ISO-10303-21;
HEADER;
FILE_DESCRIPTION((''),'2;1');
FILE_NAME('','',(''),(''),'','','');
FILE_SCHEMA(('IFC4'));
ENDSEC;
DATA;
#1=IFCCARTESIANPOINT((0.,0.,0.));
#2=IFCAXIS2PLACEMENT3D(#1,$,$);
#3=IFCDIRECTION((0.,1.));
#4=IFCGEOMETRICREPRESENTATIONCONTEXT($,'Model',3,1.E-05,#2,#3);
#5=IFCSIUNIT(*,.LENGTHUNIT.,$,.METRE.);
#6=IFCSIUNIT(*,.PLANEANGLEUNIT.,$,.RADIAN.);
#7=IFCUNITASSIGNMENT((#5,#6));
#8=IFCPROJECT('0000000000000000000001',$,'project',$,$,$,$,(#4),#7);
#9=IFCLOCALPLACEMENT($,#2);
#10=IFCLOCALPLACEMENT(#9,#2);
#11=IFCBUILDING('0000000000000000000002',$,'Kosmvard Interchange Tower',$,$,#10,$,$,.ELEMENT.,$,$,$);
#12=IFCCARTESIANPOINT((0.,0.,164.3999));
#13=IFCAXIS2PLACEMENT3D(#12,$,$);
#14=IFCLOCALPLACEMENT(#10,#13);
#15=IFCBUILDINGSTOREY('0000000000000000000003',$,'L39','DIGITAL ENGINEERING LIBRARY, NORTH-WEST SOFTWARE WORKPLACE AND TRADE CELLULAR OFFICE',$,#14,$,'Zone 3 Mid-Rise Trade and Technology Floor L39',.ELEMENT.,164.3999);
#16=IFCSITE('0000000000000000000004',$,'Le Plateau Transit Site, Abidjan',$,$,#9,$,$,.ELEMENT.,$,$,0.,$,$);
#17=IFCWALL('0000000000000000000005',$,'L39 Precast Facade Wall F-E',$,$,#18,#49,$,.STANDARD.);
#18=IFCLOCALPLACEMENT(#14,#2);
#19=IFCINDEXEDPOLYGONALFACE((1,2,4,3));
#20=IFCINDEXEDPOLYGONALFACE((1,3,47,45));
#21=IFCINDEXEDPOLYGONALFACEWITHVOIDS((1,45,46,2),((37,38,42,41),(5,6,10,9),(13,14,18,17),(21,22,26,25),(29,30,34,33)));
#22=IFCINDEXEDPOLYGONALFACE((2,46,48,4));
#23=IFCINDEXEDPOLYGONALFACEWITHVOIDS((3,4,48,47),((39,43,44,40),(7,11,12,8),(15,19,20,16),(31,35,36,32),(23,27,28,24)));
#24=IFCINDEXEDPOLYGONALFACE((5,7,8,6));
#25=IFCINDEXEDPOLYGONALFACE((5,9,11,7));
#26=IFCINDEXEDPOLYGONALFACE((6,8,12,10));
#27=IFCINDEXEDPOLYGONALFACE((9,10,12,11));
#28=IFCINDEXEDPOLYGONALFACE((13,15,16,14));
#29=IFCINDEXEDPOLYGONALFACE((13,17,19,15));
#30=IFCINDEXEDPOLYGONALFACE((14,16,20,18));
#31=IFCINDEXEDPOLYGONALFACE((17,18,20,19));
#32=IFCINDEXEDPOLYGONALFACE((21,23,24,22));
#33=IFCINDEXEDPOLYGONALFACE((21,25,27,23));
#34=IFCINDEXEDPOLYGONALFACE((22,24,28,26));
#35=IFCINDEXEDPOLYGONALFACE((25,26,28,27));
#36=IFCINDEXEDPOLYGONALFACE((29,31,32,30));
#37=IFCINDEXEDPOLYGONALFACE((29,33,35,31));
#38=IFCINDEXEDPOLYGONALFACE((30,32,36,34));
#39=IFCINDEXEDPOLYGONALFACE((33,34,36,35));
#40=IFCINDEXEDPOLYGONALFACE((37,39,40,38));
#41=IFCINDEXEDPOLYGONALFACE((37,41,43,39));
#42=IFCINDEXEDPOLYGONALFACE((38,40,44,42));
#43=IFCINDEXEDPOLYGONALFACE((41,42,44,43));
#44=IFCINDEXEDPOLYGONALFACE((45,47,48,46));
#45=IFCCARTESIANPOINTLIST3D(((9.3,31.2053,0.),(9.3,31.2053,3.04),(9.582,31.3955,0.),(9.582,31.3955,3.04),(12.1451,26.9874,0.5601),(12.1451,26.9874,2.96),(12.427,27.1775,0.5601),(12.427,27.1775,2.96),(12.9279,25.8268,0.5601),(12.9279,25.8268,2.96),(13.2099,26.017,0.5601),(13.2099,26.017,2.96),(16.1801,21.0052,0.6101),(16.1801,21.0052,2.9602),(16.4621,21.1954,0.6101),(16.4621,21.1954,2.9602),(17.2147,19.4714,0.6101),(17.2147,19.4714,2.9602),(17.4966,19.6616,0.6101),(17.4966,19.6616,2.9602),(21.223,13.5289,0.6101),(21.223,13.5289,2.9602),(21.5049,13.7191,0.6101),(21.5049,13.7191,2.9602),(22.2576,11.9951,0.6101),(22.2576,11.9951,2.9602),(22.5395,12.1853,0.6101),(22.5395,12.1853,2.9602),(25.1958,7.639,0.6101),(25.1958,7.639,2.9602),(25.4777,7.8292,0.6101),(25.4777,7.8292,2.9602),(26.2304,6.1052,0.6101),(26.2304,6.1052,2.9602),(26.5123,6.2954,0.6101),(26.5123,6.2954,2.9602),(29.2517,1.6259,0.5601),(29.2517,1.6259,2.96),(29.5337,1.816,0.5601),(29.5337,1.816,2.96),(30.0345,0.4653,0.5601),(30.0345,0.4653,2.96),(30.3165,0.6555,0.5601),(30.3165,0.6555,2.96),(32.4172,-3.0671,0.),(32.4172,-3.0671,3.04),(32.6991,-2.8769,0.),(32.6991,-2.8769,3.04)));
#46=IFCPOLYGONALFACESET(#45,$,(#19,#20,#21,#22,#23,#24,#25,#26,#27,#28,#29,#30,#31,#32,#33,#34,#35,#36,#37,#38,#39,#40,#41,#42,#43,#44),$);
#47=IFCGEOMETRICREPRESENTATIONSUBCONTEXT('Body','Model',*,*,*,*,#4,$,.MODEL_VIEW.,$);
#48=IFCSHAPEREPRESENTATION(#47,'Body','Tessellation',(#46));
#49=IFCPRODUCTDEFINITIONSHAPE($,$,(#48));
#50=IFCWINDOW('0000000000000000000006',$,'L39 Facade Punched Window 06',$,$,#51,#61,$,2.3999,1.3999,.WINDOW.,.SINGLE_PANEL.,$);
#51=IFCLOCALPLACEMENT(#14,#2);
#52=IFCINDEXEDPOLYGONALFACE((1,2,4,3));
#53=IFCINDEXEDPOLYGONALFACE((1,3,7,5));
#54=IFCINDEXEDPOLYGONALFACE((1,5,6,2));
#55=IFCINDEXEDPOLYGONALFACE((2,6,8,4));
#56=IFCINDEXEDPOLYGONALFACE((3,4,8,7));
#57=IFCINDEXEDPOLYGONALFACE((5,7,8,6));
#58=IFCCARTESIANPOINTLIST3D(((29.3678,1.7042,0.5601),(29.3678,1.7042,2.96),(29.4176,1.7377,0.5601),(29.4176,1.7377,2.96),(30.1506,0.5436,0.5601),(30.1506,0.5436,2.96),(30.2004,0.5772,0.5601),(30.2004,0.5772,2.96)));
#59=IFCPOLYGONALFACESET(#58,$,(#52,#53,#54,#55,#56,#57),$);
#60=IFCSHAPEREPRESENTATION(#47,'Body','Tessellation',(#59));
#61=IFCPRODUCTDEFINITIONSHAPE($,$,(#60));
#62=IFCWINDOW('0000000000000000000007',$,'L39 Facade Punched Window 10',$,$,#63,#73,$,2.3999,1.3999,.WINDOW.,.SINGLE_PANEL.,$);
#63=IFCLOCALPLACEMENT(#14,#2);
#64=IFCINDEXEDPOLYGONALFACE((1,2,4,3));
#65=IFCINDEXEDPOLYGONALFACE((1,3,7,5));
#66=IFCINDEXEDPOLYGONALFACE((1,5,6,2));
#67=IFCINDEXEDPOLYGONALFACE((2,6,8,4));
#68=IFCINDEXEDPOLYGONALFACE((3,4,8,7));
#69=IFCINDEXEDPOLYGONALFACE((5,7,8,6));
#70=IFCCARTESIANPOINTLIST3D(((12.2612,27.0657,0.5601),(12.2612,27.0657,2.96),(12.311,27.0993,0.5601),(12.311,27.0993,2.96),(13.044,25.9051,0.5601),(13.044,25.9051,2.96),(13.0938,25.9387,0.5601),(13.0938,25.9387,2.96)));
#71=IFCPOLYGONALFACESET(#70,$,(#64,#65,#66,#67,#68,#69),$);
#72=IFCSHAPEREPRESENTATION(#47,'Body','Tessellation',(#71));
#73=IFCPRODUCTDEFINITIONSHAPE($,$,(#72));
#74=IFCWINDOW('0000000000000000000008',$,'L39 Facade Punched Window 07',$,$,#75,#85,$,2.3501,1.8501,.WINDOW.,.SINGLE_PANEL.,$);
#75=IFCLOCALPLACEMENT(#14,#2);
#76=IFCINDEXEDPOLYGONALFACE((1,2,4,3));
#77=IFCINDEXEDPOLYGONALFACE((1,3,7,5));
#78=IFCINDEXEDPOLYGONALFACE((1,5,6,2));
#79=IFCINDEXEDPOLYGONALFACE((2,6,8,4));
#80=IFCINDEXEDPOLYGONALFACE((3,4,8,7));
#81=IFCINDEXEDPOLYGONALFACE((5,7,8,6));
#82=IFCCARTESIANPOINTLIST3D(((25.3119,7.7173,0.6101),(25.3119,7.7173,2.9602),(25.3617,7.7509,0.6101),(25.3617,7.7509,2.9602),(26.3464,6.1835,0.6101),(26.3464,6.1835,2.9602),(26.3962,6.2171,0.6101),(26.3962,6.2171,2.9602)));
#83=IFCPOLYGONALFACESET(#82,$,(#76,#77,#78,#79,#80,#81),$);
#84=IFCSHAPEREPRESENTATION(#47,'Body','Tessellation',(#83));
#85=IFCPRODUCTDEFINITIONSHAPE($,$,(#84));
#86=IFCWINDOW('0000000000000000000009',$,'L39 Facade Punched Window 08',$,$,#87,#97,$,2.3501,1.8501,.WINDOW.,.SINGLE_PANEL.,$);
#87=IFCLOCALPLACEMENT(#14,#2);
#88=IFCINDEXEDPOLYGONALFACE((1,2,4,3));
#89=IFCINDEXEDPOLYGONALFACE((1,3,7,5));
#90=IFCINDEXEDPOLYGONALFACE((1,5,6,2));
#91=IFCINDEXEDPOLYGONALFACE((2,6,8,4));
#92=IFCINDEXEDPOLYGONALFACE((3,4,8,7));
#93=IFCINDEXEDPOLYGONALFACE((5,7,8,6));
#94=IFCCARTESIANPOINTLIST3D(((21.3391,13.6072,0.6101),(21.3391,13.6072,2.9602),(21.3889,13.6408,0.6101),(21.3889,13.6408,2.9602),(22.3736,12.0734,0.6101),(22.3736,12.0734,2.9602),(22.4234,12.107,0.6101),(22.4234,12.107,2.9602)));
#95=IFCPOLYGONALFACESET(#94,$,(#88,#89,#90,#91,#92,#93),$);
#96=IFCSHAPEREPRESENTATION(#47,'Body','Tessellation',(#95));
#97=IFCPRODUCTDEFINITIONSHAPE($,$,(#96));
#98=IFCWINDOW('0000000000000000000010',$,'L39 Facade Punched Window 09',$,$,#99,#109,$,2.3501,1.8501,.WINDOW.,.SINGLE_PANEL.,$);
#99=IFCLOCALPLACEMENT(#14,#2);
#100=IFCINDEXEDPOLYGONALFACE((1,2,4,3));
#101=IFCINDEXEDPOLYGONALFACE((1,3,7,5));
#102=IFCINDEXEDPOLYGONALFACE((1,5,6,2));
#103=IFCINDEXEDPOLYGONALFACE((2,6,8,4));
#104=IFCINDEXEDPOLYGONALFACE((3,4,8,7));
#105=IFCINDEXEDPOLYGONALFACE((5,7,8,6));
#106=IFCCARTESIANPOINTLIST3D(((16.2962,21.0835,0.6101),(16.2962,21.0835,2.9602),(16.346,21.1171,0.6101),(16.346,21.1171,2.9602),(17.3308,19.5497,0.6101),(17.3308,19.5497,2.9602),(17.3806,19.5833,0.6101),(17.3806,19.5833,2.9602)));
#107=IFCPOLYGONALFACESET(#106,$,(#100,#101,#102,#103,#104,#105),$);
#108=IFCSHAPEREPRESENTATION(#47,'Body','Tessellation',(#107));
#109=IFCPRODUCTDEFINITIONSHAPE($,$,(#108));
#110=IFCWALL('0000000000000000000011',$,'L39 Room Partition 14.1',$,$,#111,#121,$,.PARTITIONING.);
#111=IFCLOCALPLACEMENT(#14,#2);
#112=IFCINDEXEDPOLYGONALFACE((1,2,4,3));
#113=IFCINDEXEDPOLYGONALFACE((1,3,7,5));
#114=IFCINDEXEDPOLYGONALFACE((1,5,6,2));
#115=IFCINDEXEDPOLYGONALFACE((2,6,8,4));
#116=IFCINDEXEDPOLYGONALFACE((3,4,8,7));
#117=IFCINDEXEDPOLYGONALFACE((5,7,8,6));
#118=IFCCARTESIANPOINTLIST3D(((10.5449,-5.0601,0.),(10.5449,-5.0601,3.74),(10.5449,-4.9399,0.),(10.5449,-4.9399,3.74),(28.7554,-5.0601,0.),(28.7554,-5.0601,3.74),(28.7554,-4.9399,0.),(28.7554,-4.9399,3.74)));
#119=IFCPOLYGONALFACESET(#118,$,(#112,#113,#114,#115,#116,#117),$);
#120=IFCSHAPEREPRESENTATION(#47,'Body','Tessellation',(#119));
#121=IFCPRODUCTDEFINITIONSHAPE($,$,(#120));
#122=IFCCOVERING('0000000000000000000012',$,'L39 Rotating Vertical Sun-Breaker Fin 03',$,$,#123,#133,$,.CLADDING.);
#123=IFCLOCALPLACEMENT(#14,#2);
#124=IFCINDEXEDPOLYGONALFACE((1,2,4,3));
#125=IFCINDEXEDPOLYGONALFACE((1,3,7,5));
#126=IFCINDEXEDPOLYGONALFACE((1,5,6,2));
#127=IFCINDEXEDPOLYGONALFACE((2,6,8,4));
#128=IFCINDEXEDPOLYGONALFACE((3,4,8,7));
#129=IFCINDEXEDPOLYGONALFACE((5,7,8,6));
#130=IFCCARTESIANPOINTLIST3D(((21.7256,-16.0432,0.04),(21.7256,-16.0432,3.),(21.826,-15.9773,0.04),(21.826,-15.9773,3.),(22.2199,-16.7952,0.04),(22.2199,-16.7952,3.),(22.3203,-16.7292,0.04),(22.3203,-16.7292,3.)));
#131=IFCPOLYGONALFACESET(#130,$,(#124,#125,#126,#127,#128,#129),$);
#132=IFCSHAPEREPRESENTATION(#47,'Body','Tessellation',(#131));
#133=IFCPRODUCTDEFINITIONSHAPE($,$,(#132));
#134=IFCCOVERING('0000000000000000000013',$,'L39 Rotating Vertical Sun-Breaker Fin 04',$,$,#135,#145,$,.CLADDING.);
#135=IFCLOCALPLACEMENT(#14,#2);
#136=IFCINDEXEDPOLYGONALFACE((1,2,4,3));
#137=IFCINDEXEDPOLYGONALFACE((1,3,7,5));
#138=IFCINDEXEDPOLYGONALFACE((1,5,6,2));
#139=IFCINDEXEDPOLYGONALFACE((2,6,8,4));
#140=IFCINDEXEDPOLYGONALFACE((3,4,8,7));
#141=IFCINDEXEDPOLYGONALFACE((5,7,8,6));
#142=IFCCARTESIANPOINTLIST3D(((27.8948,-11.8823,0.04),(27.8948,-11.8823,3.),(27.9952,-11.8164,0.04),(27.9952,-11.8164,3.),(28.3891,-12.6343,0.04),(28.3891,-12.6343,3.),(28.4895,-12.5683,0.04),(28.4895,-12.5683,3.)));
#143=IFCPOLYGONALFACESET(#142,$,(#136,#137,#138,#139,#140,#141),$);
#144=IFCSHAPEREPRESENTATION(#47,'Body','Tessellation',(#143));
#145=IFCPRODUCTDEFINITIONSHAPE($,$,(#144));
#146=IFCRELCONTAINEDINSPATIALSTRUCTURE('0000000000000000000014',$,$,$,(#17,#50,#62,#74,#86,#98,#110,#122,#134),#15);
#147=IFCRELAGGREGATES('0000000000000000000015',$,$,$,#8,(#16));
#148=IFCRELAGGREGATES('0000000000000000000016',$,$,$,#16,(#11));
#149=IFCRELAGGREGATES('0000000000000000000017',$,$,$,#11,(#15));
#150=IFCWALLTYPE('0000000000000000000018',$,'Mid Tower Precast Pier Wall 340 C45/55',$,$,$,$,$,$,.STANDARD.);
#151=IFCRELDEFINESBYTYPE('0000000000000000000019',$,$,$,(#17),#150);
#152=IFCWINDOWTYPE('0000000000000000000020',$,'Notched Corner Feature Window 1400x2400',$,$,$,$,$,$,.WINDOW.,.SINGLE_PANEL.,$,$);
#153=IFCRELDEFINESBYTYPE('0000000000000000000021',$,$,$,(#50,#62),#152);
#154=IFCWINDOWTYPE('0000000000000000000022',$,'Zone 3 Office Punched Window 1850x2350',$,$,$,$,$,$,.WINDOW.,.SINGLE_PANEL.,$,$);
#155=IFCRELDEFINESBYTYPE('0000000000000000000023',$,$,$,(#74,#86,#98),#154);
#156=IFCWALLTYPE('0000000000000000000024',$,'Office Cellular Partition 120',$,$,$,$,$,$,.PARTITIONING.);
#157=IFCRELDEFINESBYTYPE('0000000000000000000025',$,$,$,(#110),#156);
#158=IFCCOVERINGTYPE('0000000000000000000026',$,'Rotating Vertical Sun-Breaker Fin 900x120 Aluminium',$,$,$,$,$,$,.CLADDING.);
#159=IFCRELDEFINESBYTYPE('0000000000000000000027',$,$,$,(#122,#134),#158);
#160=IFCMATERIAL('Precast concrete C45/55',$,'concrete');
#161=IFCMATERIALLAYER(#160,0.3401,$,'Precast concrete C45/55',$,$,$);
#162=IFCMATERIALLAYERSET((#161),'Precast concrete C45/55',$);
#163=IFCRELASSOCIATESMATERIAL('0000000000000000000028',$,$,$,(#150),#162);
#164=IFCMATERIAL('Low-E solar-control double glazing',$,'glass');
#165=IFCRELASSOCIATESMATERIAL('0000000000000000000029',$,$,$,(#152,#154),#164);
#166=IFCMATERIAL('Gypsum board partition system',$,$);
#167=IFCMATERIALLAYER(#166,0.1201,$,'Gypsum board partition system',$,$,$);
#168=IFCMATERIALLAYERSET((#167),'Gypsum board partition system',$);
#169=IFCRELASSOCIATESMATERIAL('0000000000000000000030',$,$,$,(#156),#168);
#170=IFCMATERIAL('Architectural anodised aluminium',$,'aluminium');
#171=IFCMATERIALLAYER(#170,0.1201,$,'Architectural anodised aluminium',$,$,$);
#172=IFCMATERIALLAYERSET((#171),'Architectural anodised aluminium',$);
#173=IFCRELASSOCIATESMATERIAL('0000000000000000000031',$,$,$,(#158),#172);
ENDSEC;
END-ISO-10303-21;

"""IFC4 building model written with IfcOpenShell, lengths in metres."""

from ifc_helpers import new_model, si_unit, direction, frame, frame_2d, origin, origin_2d, place, context, subcontext, project, spatial, rectangle, extrude, source, transform, mapped, material, layer, layer_set, type_object, element, fill, save


model = new_model("IFC4")

# Units and contexts
model_context = context("Model", 3, precision=1e-05, world=origin(), true_north=direction((0.0, 1.0)))
body_context = subcontext(model_context, "Body", "Model", "MODEL_VIEW")
ifc_project = project(units=[si_unit("LENGTHUNIT", "METRE"), si_unit("PLANEANGLEUNIT", "RADIAN")], contexts=[model_context])

# Site, building, storey
site_placement = place(None, origin())
site = spatial("IfcSite", under=ifc_project, at=site_placement, Name="Le Plateau Transit Site, Abidjan", CompositionType="ELEMENT", RefElevation=0.0)
building_placement = place(site_placement, origin())
building = spatial("IfcBuilding", under=site, at=building_placement, Name="Kosmvard Interchange Tower", CompositionType="ELEMENT")
storey_placement = place(building_placement, frame((0.0, 0.0, 164.3999)))
storey = spatial("IfcBuildingStorey", under=building, at=storey_placement, Name="L39", Description="DIGITAL ENGINEERING LIBRARY, NORTH-WEST SOFTWARE WORKPLACE AND TRADE CELLULAR OFFICE", LongName="Zone 3 Mid-Rise Trade and Technology Floor L39", CompositionType="ELEMENT", Elevation=164.3999)

# Shared definitions
ifc_material_1 = material(Name="Precast concrete C45/55", Category="concrete")

# Shared definitions
ifc_layer_1 = layer(ifc_material_1, 0.3401, Name="Precast concrete C45/55")
ifc_layer_set_1 = layer_set([ifc_layer_1], Name="Precast concrete C45/55")
wall_type_1 = type_object("IfcWallType", Name="Mid Tower Precast Pier Wall 340 C45/55", PredefinedType="STANDARD", material=ifc_layer_set_1)

# Shared definitions
ifc_material_2 = material(Name="Low-E solar-control double glazing", Category="glass")
window_type_1 = type_object("IfcWindowType", Name="Notched Corner Feature Window 1400x2400", PartitioningType="SINGLE_PANEL", PredefinedType="WINDOW", material=ifc_material_2)
shared_shape_1 = source(origin(), body_context, "Body", "SweptSolid", [
    extrude(rectangle(XDim=1.3999, YDim=2.3999, at=frame_2d((0.7, 1.2))), frame((0.0, 0.03, 0.0), z_axis=(0.0, -1.0, 0.0), x_axis=(1.0, 0.0, 0.0)), (0.0, 0.0, 1.0), 0.0601),
])

# Wall, openings, windows
wall_1_placement = place(storey_placement, frame((32.5581, -2.9719, 0.0), z_axis=(0.0, 0.0, 1.0), x_axis=(-0.559195, 0.829036, 0.0)))
wall_1 = element("IfcWall", 1, at=wall_1_placement, inside=storey, type_object=wall_type_1, Name="L39 Precast Facade Wall F-E", PredefinedType="STANDARD", context=body_context, shape_type="SweptSolid", body=[
    extrude(rectangle(XDim=41.3401, YDim=0.3401, at=frame_2d((20.6699, 0.0))), origin(), (0.0, 0.0, 1.0), 3.04),
])
opening_1_placement = place(wall_1_placement, frame((4.2607, 0.0, 0.5601)))
opening_1 = element("IfcOpeningElement", 2, at=opening_1_placement, cuts=wall_1, PredefinedType="OPENING", context=body_context, shape_type="SweptSolid", body=[
    extrude(rectangle(XDim=1.3999, YDim=2.3999, at=frame_2d((0.7, 1.2))), frame((0.0, 0.1802, 0.0), z_axis=(0.0, -1.0, 0.0), x_axis=(1.0, 0.0, 0.0)), (0.0, 0.0, 1.0), 0.3601),
])
opening_2_placement = place(wall_1_placement, frame((11.0637, 0.0, 0.6101)))
opening_2 = element("IfcOpeningElement", 3, at=opening_2_placement, cuts=wall_1, PredefinedType="OPENING", context=body_context, shape_type="SweptSolid", body=[
    extrude(rectangle(XDim=1.8501, YDim=2.3501, at=frame_2d((0.925, 1.175))), frame((0.0, 0.1802, 0.0), z_axis=(0.0, -1.0, 0.0), x_axis=(1.0, 0.0, 0.0)), (0.0, 0.0, 1.0), 0.3601),
])
opening_3_placement = place(wall_1_placement, frame((18.1682, 0.0, 0.6101)))
opening_3 = element("IfcOpeningElement", 4, at=opening_3_placement, cuts=wall_1, PredefinedType="OPENING", context=body_context, shape_type="SweptSolid", body=[
    extrude(rectangle(XDim=1.8501, YDim=2.3501, at=frame_2d((0.925, 1.175))), frame((0.0, 0.1802, 0.0), z_axis=(0.0, -1.0, 0.0), x_axis=(1.0, 0.0, 0.0)), (0.0, 0.0, 1.0), 0.3601),
])
opening_4_placement = place(wall_1_placement, frame((27.1863, 0.0, 0.6101)))
opening_4 = element("IfcOpeningElement", 5, at=opening_4_placement, cuts=wall_1, PredefinedType="OPENING", context=body_context, shape_type="SweptSolid", body=[
    extrude(rectangle(XDim=1.8501, YDim=2.3501, at=frame_2d((0.925, 1.175))), frame((0.0, 0.1802, 0.0), z_axis=(0.0, -1.0, 0.0), x_axis=(1.0, 0.0, 0.0)), (0.0, 0.0, 1.0), 0.3601),
])
opening_5_placement = place(wall_1_placement, frame((34.8523, 0.0, 0.5601)))
opening_5 = element("IfcOpeningElement", 6, at=opening_5_placement, cuts=wall_1, PredefinedType="OPENING", context=body_context, shape_type="SweptSolid", body=[
    extrude(rectangle(XDim=1.3999, YDim=2.3999, at=frame_2d((0.7, 1.2))), frame((0.0, 0.1802, 0.0), z_axis=(0.0, -1.0, 0.0), x_axis=(1.0, 0.0, 0.0)), (0.0, 0.0, 1.0), 0.3601),
])
window_1_placement = place(opening_1_placement, origin())
window_1 = element("IfcWindow", 7, at=window_1_placement, inside=storey, type_object=window_type_1, Name="L39 Facade Punched Window 06", OverallHeight=2.3999, OverallWidth=1.3999, PartitioningType="SINGLE_PANEL", PredefinedType="WINDOW", context=body_context, shape_type="MappedRepresentation", body=[
    mapped(shared_shape_1, transform((0.0, 0.0, 0.0), scale=1.0)),
])
fill(opening_1, window_1)
window_2_placement = place(opening_5_placement, origin())
window_2 = element("IfcWindow", 8, at=window_2_placement, inside=storey, type_object=window_type_1, Name="L39 Facade Punched Window 10", OverallHeight=2.3999, OverallWidth=1.3999, PartitioningType="SINGLE_PANEL", PredefinedType="WINDOW", context=body_context, shape_type="MappedRepresentation", body=[
    mapped(shared_shape_1, transform((0.0, 0.0, 0.0), scale=1.0)),
])
fill(opening_5, window_2)
window_type_2 = type_object("IfcWindowType", Name="Zone 3 Office Punched Window 1850x2350", PartitioningType="SINGLE_PANEL", PredefinedType="WINDOW", material=ifc_material_2)
shared_shape_2 = source(origin(), body_context, "Body", "SweptSolid", [
    extrude(rectangle(XDim=1.8501, YDim=2.3501, at=frame_2d((0.925, 1.175))), frame((0.0, 0.03, 0.0), z_axis=(0.0, -1.0, 0.0), x_axis=(1.0, 0.0, 0.0)), (0.0, 0.0, 1.0), 0.0601),
])
window_3_placement = place(opening_2_placement, origin())
window_3 = element("IfcWindow", 9, at=window_3_placement, inside=storey, type_object=window_type_2, Name="L39 Facade Punched Window 07", OverallHeight=2.3501, OverallWidth=1.8501, PartitioningType="SINGLE_PANEL", PredefinedType="WINDOW", context=body_context, shape_type="MappedRepresentation", body=[
    mapped(shared_shape_2, transform((0.0, 0.0, 0.0), scale=1.0)),
])
fill(opening_2, window_3)
window_4_placement = place(opening_3_placement, origin())
window_4 = element("IfcWindow", 10, at=window_4_placement, inside=storey, type_object=window_type_2, Name="L39 Facade Punched Window 08", OverallHeight=2.3501, OverallWidth=1.8501, PartitioningType="SINGLE_PANEL", PredefinedType="WINDOW", context=body_context, shape_type="MappedRepresentation", body=[
    mapped(shared_shape_2, transform((0.0, 0.0, 0.0), scale=1.0)),
])
fill(opening_3, window_4)
window_5_placement = place(opening_4_placement, origin())
window_5 = element("IfcWindow", 11, at=window_5_placement, inside=storey, type_object=window_type_2, Name="L39 Facade Punched Window 09", OverallHeight=2.3501, OverallWidth=1.8501, PartitioningType="SINGLE_PANEL", PredefinedType="WINDOW", context=body_context, shape_type="MappedRepresentation", body=[
    mapped(shared_shape_2, transform((0.0, 0.0, 0.0), scale=1.0)),
])
fill(opening_4, window_5)

# Wall
ifc_material_3 = material(Name="Gypsum board partition system")
ifc_layer_2 = layer(ifc_material_3, 0.1201, Name="Gypsum board partition system")
ifc_layer_set_2 = layer_set([ifc_layer_2], Name="Gypsum board partition system")
wall_type_2 = type_object("IfcWallType", Name="Office Cellular Partition 120", PredefinedType="PARTITIONING", material=ifc_layer_set_2)
wall_2_placement = place(storey_placement, frame((10.5449, -5.0, 0.0), z_axis=(0.0, 0.0, 1.0), x_axis=(1.0, 0.0, 0.0)))
element("IfcWall", 12, at=wall_2_placement, inside=storey, type_object=wall_type_2, Name="L39 Room Partition 14.1", PredefinedType="PARTITIONING", context=body_context, shape_type="SweptSolid", body=[
    extrude(rectangle(XDim=18.2104, YDim=0.1201, at=frame_2d((9.1052, 0.0))), origin(), (0.0, 0.0, 1.0), 3.74),
])

# Coverings
ifc_material_4 = material(Name="Architectural anodised aluminium", Category="aluminium")
ifc_layer_3 = layer(ifc_material_4, 0.1201, Name="Architectural anodised aluminium")
ifc_layer_set_3 = layer_set([ifc_layer_3], Name="Architectural anodised aluminium")
covering_type = type_object("IfcCoveringType", Name="Rotating Vertical Sun-Breaker Fin 900x120 Aluminium", PredefinedType="CLADDING", material=ifc_layer_set_3)
shared_shape_3 = source(origin(), body_context, "Body", "SweptSolid", [
    extrude(rectangle(XDim=0.8999, YDim=0.1201, at=origin_2d()), origin(), (0.0, 0.0, 1.0), 2.96),
])
for number, where, z_axis, x_axis, name in (
    (13, (22.0229, -16.3862, 0.04), (0.0, 0.0, 1.0), (0.549315, -0.835616, 0.0), "L39 Rotating Vertical Sun-Breaker Fin 03"),
    (14, (28.1921, -12.2253, 0.04), (0.0, 0.0, 1.0), (0.549315, -0.835616, 0.0), "L39 Rotating Vertical Sun-Breaker Fin 04"),
):
    element("IfcCovering", number, at=place(storey_placement, frame(where, z_axis=z_axis, x_axis=x_axis)), inside=storey, type_object=covering_type, Name=name, PredefinedType="CLADDING", context=body_context, shape_type="MappedRepresentation", body=[
        mapped(shared_shape_3, transform((0.0, 0.0, 0.0), scale=1.0)),
    ])

save(model, "model.ifc")
